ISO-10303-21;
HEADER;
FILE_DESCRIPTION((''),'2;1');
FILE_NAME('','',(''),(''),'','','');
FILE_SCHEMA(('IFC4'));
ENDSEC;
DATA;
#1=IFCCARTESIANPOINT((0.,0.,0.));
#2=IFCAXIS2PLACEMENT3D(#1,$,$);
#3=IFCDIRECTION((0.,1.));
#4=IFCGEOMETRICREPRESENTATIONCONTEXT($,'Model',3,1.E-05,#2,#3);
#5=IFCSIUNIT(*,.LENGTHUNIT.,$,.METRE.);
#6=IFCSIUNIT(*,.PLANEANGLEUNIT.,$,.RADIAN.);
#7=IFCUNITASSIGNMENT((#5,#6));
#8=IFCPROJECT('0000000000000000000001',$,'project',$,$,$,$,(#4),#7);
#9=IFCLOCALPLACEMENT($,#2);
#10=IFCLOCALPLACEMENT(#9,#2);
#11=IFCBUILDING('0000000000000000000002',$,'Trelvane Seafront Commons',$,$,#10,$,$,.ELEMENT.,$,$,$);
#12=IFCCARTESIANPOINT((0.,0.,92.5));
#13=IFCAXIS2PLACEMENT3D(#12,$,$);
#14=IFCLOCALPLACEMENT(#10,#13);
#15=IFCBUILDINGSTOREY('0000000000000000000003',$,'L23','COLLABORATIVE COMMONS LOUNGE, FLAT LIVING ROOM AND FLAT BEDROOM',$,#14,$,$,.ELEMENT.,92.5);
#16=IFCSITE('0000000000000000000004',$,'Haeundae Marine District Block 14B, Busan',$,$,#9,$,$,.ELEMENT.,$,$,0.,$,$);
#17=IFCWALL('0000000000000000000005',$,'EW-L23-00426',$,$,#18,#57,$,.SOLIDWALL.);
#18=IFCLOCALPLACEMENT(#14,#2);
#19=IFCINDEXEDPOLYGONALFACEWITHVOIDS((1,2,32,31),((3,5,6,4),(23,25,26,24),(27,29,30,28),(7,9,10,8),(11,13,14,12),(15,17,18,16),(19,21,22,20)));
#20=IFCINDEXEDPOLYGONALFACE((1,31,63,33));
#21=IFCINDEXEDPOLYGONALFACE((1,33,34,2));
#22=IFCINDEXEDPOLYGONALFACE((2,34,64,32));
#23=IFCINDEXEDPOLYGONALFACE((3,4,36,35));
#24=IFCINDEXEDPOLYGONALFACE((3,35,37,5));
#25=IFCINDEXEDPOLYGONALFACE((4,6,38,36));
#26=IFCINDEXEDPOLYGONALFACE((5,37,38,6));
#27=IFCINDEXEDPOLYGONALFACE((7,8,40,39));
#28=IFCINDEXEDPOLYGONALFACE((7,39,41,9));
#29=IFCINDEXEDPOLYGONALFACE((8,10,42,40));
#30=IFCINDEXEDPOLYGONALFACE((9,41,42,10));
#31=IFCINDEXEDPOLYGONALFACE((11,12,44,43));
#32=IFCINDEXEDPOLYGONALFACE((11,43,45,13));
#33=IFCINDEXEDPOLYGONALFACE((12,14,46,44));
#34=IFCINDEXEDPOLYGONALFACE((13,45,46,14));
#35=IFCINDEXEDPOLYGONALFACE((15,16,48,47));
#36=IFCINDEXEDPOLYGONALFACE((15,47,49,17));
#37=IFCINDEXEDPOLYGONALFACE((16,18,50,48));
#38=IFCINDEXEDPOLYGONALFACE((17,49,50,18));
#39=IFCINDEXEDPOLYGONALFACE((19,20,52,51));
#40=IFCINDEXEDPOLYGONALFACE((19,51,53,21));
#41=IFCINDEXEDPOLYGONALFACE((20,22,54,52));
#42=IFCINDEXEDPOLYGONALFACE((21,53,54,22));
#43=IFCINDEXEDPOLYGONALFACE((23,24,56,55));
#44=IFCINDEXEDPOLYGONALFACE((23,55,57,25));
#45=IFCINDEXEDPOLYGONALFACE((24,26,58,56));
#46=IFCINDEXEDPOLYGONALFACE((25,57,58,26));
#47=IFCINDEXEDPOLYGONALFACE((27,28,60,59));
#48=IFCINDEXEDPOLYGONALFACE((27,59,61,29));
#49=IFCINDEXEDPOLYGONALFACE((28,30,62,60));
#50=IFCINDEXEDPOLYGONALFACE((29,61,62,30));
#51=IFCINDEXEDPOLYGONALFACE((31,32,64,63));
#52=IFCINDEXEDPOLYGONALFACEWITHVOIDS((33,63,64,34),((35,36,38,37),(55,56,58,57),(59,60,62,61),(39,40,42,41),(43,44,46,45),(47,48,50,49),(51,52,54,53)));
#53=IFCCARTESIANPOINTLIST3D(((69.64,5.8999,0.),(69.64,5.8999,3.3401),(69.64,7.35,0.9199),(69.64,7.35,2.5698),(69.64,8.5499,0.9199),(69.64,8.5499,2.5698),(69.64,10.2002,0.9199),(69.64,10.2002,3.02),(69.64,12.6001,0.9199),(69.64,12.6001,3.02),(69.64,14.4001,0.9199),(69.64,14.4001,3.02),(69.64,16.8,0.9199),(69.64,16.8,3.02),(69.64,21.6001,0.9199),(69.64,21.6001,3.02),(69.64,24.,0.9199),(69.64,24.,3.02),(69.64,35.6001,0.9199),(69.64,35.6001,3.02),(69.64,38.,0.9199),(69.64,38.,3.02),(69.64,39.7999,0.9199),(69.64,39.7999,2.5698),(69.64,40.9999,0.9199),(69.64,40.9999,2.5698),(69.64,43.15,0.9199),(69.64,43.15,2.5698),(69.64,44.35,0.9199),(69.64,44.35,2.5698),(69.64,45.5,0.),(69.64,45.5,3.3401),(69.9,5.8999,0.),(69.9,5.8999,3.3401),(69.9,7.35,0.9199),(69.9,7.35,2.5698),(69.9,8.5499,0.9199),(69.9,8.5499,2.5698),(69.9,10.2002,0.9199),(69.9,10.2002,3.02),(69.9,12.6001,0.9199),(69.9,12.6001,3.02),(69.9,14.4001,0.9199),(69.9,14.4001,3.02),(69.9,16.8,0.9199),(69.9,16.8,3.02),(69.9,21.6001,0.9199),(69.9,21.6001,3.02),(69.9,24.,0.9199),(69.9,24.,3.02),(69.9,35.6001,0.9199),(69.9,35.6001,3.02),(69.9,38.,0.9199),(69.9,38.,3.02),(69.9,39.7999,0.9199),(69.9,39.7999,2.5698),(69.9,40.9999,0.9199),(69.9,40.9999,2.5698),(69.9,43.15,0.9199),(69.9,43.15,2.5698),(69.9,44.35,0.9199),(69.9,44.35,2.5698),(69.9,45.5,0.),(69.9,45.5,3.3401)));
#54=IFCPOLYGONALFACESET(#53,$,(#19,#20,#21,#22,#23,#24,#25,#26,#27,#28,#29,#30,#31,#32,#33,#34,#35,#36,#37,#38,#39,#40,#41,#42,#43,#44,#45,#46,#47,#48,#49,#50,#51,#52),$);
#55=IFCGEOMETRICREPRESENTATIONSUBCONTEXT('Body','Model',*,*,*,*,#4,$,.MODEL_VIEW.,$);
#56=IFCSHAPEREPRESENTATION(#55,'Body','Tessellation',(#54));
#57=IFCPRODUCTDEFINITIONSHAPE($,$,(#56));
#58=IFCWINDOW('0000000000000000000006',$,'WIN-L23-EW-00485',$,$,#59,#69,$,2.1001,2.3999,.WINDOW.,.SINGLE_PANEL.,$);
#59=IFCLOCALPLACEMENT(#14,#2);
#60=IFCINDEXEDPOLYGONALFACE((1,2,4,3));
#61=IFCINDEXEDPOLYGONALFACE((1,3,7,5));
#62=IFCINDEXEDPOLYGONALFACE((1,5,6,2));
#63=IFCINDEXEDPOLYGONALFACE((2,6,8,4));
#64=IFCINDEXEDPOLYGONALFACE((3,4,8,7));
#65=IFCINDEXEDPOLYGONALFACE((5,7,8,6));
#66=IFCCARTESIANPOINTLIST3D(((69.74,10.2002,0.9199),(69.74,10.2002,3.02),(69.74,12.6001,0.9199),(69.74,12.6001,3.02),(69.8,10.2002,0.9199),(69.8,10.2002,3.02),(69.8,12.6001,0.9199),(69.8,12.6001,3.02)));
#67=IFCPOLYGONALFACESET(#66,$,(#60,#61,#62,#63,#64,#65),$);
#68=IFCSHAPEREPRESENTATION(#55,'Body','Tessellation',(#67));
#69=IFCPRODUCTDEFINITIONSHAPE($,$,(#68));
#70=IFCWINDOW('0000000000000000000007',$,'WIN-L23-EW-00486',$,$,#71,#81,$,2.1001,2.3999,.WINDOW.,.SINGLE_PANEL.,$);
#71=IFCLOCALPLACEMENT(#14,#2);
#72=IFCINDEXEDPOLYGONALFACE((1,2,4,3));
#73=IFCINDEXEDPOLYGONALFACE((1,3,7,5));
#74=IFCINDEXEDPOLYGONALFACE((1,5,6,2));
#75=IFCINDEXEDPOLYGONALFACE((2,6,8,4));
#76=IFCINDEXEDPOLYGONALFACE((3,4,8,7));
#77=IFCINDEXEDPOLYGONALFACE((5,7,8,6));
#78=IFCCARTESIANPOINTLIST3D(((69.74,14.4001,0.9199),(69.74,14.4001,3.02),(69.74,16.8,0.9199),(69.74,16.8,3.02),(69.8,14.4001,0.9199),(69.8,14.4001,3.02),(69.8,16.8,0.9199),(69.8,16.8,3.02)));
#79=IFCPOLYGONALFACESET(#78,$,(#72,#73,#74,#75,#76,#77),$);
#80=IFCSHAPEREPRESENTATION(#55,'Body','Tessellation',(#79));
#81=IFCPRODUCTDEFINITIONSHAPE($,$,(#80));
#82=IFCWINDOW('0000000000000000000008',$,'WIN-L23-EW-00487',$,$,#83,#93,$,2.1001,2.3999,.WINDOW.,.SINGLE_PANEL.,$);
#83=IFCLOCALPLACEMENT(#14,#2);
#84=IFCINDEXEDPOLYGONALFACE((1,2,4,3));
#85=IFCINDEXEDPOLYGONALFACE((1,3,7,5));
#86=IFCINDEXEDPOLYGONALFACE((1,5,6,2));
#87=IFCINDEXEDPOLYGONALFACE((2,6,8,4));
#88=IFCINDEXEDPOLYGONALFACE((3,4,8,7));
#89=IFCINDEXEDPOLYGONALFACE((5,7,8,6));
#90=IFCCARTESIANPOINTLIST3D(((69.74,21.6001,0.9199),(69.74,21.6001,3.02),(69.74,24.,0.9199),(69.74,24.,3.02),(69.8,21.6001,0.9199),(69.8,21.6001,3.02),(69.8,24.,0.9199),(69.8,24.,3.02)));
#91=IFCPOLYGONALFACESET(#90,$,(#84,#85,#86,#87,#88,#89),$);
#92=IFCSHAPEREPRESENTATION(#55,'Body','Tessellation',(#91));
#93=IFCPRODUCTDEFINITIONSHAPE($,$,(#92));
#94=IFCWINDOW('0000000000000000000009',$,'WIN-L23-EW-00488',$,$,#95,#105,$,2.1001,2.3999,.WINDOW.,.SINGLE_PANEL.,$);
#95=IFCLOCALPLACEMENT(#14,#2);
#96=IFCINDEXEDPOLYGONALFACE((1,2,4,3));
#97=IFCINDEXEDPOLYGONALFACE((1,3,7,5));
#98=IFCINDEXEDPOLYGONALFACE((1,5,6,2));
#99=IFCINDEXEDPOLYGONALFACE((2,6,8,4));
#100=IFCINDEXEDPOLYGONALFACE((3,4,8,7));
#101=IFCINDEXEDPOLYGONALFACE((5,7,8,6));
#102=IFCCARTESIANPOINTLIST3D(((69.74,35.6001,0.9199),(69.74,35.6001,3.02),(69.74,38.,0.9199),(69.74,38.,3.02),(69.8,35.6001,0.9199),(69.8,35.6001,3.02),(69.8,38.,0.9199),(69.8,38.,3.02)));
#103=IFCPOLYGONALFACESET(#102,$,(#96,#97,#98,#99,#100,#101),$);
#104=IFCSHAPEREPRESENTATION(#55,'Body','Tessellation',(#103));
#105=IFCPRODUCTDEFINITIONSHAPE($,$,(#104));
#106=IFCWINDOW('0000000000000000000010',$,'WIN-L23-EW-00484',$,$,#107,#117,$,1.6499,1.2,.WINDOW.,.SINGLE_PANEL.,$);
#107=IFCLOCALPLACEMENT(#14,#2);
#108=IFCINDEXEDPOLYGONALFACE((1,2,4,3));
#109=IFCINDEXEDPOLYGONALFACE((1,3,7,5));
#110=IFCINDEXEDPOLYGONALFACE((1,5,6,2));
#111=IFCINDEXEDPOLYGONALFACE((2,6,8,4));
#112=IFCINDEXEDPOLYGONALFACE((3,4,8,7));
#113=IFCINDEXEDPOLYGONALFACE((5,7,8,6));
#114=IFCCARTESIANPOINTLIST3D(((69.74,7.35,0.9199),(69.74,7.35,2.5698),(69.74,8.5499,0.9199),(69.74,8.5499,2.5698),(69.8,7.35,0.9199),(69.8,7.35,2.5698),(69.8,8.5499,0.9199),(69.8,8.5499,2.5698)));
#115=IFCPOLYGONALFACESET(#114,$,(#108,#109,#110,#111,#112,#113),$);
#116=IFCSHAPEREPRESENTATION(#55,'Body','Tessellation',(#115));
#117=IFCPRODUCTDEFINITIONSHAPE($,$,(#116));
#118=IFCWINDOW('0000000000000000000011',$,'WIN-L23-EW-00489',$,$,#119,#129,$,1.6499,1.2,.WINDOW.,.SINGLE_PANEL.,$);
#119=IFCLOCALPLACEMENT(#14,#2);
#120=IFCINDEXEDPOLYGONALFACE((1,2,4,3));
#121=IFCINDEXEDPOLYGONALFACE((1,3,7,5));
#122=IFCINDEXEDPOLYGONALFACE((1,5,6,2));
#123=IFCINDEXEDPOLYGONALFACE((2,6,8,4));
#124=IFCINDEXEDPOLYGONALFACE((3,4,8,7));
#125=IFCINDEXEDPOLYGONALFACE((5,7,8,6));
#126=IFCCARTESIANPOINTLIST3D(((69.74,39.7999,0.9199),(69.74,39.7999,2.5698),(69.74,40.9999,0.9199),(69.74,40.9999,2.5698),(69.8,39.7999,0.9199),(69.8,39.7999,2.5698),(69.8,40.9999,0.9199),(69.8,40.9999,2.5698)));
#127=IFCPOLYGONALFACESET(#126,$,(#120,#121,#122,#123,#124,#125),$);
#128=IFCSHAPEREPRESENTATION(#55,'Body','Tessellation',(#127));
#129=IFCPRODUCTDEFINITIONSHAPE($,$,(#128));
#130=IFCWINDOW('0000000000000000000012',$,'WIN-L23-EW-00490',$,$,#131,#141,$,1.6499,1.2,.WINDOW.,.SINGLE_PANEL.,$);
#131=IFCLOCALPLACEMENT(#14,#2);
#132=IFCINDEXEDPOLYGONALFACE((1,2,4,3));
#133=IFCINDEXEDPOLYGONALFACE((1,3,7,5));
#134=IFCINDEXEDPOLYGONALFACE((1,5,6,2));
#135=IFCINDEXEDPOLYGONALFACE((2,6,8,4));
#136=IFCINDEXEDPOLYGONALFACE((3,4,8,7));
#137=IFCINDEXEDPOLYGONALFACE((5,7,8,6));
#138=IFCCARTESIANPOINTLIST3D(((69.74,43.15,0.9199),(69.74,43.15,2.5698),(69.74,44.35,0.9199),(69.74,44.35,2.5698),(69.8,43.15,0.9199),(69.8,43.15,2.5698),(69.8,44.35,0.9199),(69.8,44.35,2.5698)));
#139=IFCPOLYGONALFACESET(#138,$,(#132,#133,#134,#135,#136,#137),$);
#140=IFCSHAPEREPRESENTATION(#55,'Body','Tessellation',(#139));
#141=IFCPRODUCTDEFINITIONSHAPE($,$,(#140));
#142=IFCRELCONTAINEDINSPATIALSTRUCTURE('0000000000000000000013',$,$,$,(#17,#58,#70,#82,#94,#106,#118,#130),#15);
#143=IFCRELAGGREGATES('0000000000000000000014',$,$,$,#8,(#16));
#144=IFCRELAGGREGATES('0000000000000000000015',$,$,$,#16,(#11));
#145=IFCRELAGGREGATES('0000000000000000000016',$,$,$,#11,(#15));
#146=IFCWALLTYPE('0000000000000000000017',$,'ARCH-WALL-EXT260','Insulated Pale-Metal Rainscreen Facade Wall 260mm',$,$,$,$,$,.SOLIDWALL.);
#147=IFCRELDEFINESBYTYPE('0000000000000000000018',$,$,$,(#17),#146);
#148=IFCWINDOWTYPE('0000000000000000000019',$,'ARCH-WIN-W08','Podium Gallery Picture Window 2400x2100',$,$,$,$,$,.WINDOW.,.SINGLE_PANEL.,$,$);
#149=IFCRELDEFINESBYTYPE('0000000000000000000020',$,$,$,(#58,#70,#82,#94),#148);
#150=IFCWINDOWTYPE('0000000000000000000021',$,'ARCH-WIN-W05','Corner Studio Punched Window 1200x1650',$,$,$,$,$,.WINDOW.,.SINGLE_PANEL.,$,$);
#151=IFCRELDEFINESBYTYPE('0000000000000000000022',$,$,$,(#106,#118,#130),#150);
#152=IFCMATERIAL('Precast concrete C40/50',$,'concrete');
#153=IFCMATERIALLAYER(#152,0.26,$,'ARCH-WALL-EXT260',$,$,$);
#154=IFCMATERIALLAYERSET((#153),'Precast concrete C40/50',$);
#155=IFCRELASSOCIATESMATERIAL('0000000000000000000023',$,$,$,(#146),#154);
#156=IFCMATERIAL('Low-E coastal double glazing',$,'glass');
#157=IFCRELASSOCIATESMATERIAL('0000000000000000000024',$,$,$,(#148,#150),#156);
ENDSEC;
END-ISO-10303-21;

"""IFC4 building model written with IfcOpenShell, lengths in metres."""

from ifc_helpers import new_model, si_unit, direction, frame, frame_2d, origin, place, context, subcontext, project, spatial, rectangle, extrude, source, transform, mapped, material, layer, layer_set, type_object, element, fill, save


model = new_model("IFC4")

# Units and contexts
model_context = context("Model", 3, precision=1e-05, world=origin(), true_north=direction((0.0, 1.0)))
body_context = subcontext(model_context, "Body", "Model", "MODEL_VIEW")
ifc_project = project(units=[si_unit("LENGTHUNIT", "METRE"), si_unit("PLANEANGLEUNIT", "RADIAN")], contexts=[model_context])

# Site, building, storey
site_placement = place(None, origin())
site = spatial("IfcSite", under=ifc_project, at=site_placement, Name="Haeundae Marine District Block 14B, Busan", CompositionType="ELEMENT", RefElevation=0.0)
building_placement = place(site_placement, origin())
building = spatial("IfcBuilding", under=site, at=building_placement, Name="Trelvane Seafront Commons", CompositionType="ELEMENT")
storey_placement = place(building_placement, frame((0.0, 0.0, 92.5)))
storey = spatial("IfcBuildingStorey", under=building, at=storey_placement, Name="L23", Description="COLLABORATIVE COMMONS LOUNGE, FLAT LIVING ROOM AND FLAT BEDROOM", CompositionType="ELEMENT", Elevation=92.5)

# Shared definitions
ifc_material_1 = material(Name="Low-E coastal double glazing", Category="glass")

# Shared definitions
ifc_material_2 = material(Name="Precast concrete C40/50", Category="concrete")
ifc_layer_1 = layer(ifc_material_2, 0.26, Name="ARCH-WALL-EXT260")
ifc_layer_set_1 = layer_set([ifc_layer_1], Name="Precast concrete C40/50")
wall_type = type_object("IfcWallType", Name="ARCH-WALL-EXT260", Description="Insulated Pale-Metal Rainscreen Facade Wall 260mm", PredefinedType="SOLIDWALL", material=ifc_layer_set_1)

# Wall, openings, windows
wall_1_placement = place(storey_placement, frame((69.77, 45.5, 0.0), z_axis=(0.0, 0.0, 1.0), x_axis=(0.0, -1.0, 0.0)))
wall_1 = element("IfcWall", 1, at=wall_1_placement, inside=storey, type_object=wall_type, Name="EW-L23-00426", PredefinedType="SOLIDWALL", context=body_context, shape_type="SweptSolid", body=[
    extrude(rectangle(XDim=39.6001, YDim=0.26, at=frame_2d((19.8, 0.0))), origin(), (0.0, 0.0, 1.0), 3.3401),
])
opening_1_placement = place(wall_1_placement, frame((36.95, 0.0, 0.9199)))
opening_1 = element("IfcOpeningElement", 2, at=opening_1_placement, cuts=wall_1, PredefinedType="OPENING", context=body_context, shape_type="SweptSolid", body=[
    extrude(rectangle(XDim=1.2, YDim=1.6499, at=frame_2d((0.6001, 0.825))), frame((0.0, 0.1399, 0.0), z_axis=(0.0, -1.0, 0.0), x_axis=(1.0, 0.0, 0.0)), (0.0, 0.0, 1.0), 0.28),
])
opening_2_placement = place(wall_1_placement, frame((32.8999, 0.0, 0.9199)))
opening_2 = element("IfcOpeningElement", 3, at=opening_2_placement, cuts=wall_1, PredefinedType="OPENING", context=body_context, shape_type="SweptSolid", body=[
    extrude(rectangle(XDim=2.3999, YDim=2.1001, at=frame_2d((1.2, 1.05))), frame((0.0, 0.1399, 0.0), z_axis=(0.0, -1.0, 0.0), x_axis=(1.0, 0.0, 0.0)), (0.0, 0.0, 1.0), 0.28),
])
opening_3_placement = place(wall_1_placement, frame((28.7, 0.0, 0.9199)))
opening_3 = element("IfcOpeningElement", 4, at=opening_3_placement, cuts=wall_1, PredefinedType="OPENING", context=body_context, shape_type="SweptSolid", body=[
    extrude(rectangle(XDim=2.3999, YDim=2.1001, at=frame_2d((1.2, 1.05))), frame((0.0, 0.1399, 0.0), z_axis=(0.0, -1.0, 0.0), x_axis=(1.0, 0.0, 0.0)), (0.0, 0.0, 1.0), 0.28),
])
opening_4_placement = place(wall_1_placement, frame((21.5, 0.0, 0.9199)))
opening_4 = element("IfcOpeningElement", 5, at=opening_4_placement, cuts=wall_1, PredefinedType="OPENING", context=body_context, shape_type="SweptSolid", body=[
    extrude(rectangle(XDim=2.3999, YDim=2.1001, at=frame_2d((1.2, 1.05))), frame((0.0, 0.1399, 0.0), z_axis=(0.0, -1.0, 0.0), x_axis=(1.0, 0.0, 0.0)), (0.0, 0.0, 1.0), 0.28),
])
opening_5_placement = place(wall_1_placement, frame((7.5, 0.0, 0.9199)))
opening_5 = element("IfcOpeningElement", 6, at=opening_5_placement, cuts=wall_1, PredefinedType="OPENING", context=body_context, shape_type="SweptSolid", body=[
    extrude(rectangle(XDim=2.3999, YDim=2.1001, at=frame_2d((1.2, 1.05))), frame((0.0, 0.1399, 0.0), z_axis=(0.0, -1.0, 0.0), x_axis=(1.0, 0.0, 0.0)), (0.0, 0.0, 1.0), 0.28),
])
opening_6_placement = place(wall_1_placement, frame((4.5, 0.0, 0.9199)))
opening_6 = element("IfcOpeningElement", 7, at=opening_6_placement, cuts=wall_1, PredefinedType="OPENING", context=body_context, shape_type="SweptSolid", body=[
    extrude(rectangle(XDim=1.2, YDim=1.6499, at=frame_2d((0.6001, 0.825))), frame((0.0, 0.1399, 0.0), z_axis=(0.0, -1.0, 0.0), x_axis=(1.0, 0.0, 0.0)), (0.0, 0.0, 1.0), 0.28),
])
opening_7_placement = place(wall_1_placement, frame((1.1499, 0.0, 0.9199)))
opening_7 = element("IfcOpeningElement", 8, at=opening_7_placement, cuts=wall_1, PredefinedType="OPENING", context=body_context, shape_type="SweptSolid", body=[
    extrude(rectangle(XDim=1.2, YDim=1.6499, at=frame_2d((0.6001, 0.825))), frame((0.0, 0.1399, 0.0), z_axis=(0.0, -1.0, 0.0), x_axis=(1.0, 0.0, 0.0)), (0.0, 0.0, 1.0), 0.28),
])
window_type_1 = type_object("IfcWindowType", Name="ARCH-WIN-W08", Description="Podium Gallery Picture Window 2400x2100", PartitioningType="SINGLE_PANEL", PredefinedType="WINDOW", material=ifc_material_1)
shared_shape_1 = source(origin(), body_context, "Body", "SweptSolid", [
    extrude(rectangle(XDim=2.3999, YDim=2.1001, at=frame_2d((1.2, 1.05))), frame((0.0, 0.03, 0.0), z_axis=(0.0, -1.0, 0.0), x_axis=(1.0, 0.0, 0.0)), (0.0, 0.0, 1.0), 0.0601),
])
window_1_placement = place(opening_2_placement, origin())
window_1 = element("IfcWindow", 9, at=window_1_placement, inside=storey, type_object=window_type_1, Name="WIN-L23-EW-00485", OverallHeight=2.1001, OverallWidth=2.3999, PartitioningType="SINGLE_PANEL", PredefinedType="WINDOW", context=body_context, shape_type="MappedRepresentation", body=[
    mapped(shared_shape_1, transform((0.0, 0.0, 0.0), x_axis=(1.0, 0.0, 0.0), y_axis=(0.0, 1.0, 0.0), z_axis=(0.0, 0.0, 1.0), scale=1.0)),
])
fill(opening_2, window_1)
window_2_placement = place(opening_3_placement, origin())
window_2 = element("IfcWindow", 10, at=window_2_placement, inside=storey, type_object=window_type_1, Name="WIN-L23-EW-00486", OverallHeight=2.1001, OverallWidth=2.3999, PartitioningType="SINGLE_PANEL", PredefinedType="WINDOW", context=body_context, shape_type="MappedRepresentation", body=[
    mapped(shared_shape_1, transform((0.0, 0.0, 0.0), x_axis=(1.0, 0.0, 0.0), y_axis=(0.0, 1.0, 0.0), z_axis=(0.0, 0.0, 1.0), scale=1.0)),
])
fill(opening_3, window_2)
window_3_placement = place(opening_4_placement, origin())
window_3 = element("IfcWindow", 11, at=window_3_placement, inside=storey, type_object=window_type_1, Name="WIN-L23-EW-00487", OverallHeight=2.1001, OverallWidth=2.3999, PartitioningType="SINGLE_PANEL", PredefinedType="WINDOW", context=body_context, shape_type="MappedRepresentation", body=[
    mapped(shared_shape_1, transform((0.0, 0.0, 0.0), x_axis=(1.0, 0.0, 0.0), y_axis=(0.0, 1.0, 0.0), z_axis=(0.0, 0.0, 1.0), scale=1.0)),
])
fill(opening_4, window_3)
window_4_placement = place(opening_5_placement, origin())
window_4 = element("IfcWindow", 12, at=window_4_placement, inside=storey, type_object=window_type_1, Name="WIN-L23-EW-00488", OverallHeight=2.1001, OverallWidth=2.3999, PartitioningType="SINGLE_PANEL", PredefinedType="WINDOW", context=body_context, shape_type="MappedRepresentation", body=[
    mapped(shared_shape_1, transform((0.0, 0.0, 0.0), x_axis=(1.0, 0.0, 0.0), y_axis=(0.0, 1.0, 0.0), z_axis=(0.0, 0.0, 1.0), scale=1.0)),
])
fill(opening_5, window_4)
window_type_2 = type_object("IfcWindowType", Name="ARCH-WIN-W05", Description="Corner Studio Punched Window 1200x1650", PartitioningType="SINGLE_PANEL", PredefinedType="WINDOW", material=ifc_material_1)
shared_shape_2 = source(origin(), body_context, "Body", "SweptSolid", [
    extrude(rectangle(XDim=1.2, YDim=1.6499, at=frame_2d((0.6001, 0.825))), frame((0.0, 0.03, 0.0), z_axis=(0.0, -1.0, 0.0), x_axis=(1.0, 0.0, 0.0)), (0.0, 0.0, 1.0), 0.0601),
])
window_5_placement = place(opening_1_placement, origin())
window_5 = element("IfcWindow", 13, at=window_5_placement, inside=storey, type_object=window_type_2, Name="WIN-L23-EW-00484", OverallHeight=1.6499, OverallWidth=1.2, PartitioningType="SINGLE_PANEL", PredefinedType="WINDOW", context=body_context, shape_type="MappedRepresentation", body=[
    mapped(shared_shape_2, transform((0.0, 0.0, 0.0), x_axis=(1.0, 0.0, 0.0), y_axis=(0.0, 1.0, 0.0), z_axis=(0.0, 0.0, 1.0), scale=1.0)),
])
fill(opening_1, window_5)
window_6_placement = place(opening_6_placement, origin())
window_6 = element("IfcWindow", 14, at=window_6_placement, inside=storey, type_object=window_type_2, Name="WIN-L23-EW-00489", OverallHeight=1.6499, OverallWidth=1.2, PartitioningType="SINGLE_PANEL", PredefinedType="WINDOW", context=body_context, shape_type="MappedRepresentation", body=[
    mapped(shared_shape_2, transform((0.0, 0.0, 0.0), x_axis=(1.0, 0.0, 0.0), y_axis=(0.0, 1.0, 0.0), z_axis=(0.0, 0.0, 1.0), scale=1.0)),
])
fill(opening_6, window_6)
window_7_placement = place(opening_7_placement, origin())
window_7 = element("IfcWindow", 15, at=window_7_placement, inside=storey, type_object=window_type_2, Name="WIN-L23-EW-00490", OverallHeight=1.6499, OverallWidth=1.2, PartitioningType="SINGLE_PANEL", PredefinedType="WINDOW", context=body_context, shape_type="MappedRepresentation", body=[
    mapped(shared_shape_2, transform((0.0, 0.0, 0.0), x_axis=(1.0, 0.0, 0.0), y_axis=(0.0, 1.0, 0.0), z_axis=(0.0, 0.0, 1.0), scale=1.0)),
])
fill(opening_7, window_7)

save(model, "model.ifc")
